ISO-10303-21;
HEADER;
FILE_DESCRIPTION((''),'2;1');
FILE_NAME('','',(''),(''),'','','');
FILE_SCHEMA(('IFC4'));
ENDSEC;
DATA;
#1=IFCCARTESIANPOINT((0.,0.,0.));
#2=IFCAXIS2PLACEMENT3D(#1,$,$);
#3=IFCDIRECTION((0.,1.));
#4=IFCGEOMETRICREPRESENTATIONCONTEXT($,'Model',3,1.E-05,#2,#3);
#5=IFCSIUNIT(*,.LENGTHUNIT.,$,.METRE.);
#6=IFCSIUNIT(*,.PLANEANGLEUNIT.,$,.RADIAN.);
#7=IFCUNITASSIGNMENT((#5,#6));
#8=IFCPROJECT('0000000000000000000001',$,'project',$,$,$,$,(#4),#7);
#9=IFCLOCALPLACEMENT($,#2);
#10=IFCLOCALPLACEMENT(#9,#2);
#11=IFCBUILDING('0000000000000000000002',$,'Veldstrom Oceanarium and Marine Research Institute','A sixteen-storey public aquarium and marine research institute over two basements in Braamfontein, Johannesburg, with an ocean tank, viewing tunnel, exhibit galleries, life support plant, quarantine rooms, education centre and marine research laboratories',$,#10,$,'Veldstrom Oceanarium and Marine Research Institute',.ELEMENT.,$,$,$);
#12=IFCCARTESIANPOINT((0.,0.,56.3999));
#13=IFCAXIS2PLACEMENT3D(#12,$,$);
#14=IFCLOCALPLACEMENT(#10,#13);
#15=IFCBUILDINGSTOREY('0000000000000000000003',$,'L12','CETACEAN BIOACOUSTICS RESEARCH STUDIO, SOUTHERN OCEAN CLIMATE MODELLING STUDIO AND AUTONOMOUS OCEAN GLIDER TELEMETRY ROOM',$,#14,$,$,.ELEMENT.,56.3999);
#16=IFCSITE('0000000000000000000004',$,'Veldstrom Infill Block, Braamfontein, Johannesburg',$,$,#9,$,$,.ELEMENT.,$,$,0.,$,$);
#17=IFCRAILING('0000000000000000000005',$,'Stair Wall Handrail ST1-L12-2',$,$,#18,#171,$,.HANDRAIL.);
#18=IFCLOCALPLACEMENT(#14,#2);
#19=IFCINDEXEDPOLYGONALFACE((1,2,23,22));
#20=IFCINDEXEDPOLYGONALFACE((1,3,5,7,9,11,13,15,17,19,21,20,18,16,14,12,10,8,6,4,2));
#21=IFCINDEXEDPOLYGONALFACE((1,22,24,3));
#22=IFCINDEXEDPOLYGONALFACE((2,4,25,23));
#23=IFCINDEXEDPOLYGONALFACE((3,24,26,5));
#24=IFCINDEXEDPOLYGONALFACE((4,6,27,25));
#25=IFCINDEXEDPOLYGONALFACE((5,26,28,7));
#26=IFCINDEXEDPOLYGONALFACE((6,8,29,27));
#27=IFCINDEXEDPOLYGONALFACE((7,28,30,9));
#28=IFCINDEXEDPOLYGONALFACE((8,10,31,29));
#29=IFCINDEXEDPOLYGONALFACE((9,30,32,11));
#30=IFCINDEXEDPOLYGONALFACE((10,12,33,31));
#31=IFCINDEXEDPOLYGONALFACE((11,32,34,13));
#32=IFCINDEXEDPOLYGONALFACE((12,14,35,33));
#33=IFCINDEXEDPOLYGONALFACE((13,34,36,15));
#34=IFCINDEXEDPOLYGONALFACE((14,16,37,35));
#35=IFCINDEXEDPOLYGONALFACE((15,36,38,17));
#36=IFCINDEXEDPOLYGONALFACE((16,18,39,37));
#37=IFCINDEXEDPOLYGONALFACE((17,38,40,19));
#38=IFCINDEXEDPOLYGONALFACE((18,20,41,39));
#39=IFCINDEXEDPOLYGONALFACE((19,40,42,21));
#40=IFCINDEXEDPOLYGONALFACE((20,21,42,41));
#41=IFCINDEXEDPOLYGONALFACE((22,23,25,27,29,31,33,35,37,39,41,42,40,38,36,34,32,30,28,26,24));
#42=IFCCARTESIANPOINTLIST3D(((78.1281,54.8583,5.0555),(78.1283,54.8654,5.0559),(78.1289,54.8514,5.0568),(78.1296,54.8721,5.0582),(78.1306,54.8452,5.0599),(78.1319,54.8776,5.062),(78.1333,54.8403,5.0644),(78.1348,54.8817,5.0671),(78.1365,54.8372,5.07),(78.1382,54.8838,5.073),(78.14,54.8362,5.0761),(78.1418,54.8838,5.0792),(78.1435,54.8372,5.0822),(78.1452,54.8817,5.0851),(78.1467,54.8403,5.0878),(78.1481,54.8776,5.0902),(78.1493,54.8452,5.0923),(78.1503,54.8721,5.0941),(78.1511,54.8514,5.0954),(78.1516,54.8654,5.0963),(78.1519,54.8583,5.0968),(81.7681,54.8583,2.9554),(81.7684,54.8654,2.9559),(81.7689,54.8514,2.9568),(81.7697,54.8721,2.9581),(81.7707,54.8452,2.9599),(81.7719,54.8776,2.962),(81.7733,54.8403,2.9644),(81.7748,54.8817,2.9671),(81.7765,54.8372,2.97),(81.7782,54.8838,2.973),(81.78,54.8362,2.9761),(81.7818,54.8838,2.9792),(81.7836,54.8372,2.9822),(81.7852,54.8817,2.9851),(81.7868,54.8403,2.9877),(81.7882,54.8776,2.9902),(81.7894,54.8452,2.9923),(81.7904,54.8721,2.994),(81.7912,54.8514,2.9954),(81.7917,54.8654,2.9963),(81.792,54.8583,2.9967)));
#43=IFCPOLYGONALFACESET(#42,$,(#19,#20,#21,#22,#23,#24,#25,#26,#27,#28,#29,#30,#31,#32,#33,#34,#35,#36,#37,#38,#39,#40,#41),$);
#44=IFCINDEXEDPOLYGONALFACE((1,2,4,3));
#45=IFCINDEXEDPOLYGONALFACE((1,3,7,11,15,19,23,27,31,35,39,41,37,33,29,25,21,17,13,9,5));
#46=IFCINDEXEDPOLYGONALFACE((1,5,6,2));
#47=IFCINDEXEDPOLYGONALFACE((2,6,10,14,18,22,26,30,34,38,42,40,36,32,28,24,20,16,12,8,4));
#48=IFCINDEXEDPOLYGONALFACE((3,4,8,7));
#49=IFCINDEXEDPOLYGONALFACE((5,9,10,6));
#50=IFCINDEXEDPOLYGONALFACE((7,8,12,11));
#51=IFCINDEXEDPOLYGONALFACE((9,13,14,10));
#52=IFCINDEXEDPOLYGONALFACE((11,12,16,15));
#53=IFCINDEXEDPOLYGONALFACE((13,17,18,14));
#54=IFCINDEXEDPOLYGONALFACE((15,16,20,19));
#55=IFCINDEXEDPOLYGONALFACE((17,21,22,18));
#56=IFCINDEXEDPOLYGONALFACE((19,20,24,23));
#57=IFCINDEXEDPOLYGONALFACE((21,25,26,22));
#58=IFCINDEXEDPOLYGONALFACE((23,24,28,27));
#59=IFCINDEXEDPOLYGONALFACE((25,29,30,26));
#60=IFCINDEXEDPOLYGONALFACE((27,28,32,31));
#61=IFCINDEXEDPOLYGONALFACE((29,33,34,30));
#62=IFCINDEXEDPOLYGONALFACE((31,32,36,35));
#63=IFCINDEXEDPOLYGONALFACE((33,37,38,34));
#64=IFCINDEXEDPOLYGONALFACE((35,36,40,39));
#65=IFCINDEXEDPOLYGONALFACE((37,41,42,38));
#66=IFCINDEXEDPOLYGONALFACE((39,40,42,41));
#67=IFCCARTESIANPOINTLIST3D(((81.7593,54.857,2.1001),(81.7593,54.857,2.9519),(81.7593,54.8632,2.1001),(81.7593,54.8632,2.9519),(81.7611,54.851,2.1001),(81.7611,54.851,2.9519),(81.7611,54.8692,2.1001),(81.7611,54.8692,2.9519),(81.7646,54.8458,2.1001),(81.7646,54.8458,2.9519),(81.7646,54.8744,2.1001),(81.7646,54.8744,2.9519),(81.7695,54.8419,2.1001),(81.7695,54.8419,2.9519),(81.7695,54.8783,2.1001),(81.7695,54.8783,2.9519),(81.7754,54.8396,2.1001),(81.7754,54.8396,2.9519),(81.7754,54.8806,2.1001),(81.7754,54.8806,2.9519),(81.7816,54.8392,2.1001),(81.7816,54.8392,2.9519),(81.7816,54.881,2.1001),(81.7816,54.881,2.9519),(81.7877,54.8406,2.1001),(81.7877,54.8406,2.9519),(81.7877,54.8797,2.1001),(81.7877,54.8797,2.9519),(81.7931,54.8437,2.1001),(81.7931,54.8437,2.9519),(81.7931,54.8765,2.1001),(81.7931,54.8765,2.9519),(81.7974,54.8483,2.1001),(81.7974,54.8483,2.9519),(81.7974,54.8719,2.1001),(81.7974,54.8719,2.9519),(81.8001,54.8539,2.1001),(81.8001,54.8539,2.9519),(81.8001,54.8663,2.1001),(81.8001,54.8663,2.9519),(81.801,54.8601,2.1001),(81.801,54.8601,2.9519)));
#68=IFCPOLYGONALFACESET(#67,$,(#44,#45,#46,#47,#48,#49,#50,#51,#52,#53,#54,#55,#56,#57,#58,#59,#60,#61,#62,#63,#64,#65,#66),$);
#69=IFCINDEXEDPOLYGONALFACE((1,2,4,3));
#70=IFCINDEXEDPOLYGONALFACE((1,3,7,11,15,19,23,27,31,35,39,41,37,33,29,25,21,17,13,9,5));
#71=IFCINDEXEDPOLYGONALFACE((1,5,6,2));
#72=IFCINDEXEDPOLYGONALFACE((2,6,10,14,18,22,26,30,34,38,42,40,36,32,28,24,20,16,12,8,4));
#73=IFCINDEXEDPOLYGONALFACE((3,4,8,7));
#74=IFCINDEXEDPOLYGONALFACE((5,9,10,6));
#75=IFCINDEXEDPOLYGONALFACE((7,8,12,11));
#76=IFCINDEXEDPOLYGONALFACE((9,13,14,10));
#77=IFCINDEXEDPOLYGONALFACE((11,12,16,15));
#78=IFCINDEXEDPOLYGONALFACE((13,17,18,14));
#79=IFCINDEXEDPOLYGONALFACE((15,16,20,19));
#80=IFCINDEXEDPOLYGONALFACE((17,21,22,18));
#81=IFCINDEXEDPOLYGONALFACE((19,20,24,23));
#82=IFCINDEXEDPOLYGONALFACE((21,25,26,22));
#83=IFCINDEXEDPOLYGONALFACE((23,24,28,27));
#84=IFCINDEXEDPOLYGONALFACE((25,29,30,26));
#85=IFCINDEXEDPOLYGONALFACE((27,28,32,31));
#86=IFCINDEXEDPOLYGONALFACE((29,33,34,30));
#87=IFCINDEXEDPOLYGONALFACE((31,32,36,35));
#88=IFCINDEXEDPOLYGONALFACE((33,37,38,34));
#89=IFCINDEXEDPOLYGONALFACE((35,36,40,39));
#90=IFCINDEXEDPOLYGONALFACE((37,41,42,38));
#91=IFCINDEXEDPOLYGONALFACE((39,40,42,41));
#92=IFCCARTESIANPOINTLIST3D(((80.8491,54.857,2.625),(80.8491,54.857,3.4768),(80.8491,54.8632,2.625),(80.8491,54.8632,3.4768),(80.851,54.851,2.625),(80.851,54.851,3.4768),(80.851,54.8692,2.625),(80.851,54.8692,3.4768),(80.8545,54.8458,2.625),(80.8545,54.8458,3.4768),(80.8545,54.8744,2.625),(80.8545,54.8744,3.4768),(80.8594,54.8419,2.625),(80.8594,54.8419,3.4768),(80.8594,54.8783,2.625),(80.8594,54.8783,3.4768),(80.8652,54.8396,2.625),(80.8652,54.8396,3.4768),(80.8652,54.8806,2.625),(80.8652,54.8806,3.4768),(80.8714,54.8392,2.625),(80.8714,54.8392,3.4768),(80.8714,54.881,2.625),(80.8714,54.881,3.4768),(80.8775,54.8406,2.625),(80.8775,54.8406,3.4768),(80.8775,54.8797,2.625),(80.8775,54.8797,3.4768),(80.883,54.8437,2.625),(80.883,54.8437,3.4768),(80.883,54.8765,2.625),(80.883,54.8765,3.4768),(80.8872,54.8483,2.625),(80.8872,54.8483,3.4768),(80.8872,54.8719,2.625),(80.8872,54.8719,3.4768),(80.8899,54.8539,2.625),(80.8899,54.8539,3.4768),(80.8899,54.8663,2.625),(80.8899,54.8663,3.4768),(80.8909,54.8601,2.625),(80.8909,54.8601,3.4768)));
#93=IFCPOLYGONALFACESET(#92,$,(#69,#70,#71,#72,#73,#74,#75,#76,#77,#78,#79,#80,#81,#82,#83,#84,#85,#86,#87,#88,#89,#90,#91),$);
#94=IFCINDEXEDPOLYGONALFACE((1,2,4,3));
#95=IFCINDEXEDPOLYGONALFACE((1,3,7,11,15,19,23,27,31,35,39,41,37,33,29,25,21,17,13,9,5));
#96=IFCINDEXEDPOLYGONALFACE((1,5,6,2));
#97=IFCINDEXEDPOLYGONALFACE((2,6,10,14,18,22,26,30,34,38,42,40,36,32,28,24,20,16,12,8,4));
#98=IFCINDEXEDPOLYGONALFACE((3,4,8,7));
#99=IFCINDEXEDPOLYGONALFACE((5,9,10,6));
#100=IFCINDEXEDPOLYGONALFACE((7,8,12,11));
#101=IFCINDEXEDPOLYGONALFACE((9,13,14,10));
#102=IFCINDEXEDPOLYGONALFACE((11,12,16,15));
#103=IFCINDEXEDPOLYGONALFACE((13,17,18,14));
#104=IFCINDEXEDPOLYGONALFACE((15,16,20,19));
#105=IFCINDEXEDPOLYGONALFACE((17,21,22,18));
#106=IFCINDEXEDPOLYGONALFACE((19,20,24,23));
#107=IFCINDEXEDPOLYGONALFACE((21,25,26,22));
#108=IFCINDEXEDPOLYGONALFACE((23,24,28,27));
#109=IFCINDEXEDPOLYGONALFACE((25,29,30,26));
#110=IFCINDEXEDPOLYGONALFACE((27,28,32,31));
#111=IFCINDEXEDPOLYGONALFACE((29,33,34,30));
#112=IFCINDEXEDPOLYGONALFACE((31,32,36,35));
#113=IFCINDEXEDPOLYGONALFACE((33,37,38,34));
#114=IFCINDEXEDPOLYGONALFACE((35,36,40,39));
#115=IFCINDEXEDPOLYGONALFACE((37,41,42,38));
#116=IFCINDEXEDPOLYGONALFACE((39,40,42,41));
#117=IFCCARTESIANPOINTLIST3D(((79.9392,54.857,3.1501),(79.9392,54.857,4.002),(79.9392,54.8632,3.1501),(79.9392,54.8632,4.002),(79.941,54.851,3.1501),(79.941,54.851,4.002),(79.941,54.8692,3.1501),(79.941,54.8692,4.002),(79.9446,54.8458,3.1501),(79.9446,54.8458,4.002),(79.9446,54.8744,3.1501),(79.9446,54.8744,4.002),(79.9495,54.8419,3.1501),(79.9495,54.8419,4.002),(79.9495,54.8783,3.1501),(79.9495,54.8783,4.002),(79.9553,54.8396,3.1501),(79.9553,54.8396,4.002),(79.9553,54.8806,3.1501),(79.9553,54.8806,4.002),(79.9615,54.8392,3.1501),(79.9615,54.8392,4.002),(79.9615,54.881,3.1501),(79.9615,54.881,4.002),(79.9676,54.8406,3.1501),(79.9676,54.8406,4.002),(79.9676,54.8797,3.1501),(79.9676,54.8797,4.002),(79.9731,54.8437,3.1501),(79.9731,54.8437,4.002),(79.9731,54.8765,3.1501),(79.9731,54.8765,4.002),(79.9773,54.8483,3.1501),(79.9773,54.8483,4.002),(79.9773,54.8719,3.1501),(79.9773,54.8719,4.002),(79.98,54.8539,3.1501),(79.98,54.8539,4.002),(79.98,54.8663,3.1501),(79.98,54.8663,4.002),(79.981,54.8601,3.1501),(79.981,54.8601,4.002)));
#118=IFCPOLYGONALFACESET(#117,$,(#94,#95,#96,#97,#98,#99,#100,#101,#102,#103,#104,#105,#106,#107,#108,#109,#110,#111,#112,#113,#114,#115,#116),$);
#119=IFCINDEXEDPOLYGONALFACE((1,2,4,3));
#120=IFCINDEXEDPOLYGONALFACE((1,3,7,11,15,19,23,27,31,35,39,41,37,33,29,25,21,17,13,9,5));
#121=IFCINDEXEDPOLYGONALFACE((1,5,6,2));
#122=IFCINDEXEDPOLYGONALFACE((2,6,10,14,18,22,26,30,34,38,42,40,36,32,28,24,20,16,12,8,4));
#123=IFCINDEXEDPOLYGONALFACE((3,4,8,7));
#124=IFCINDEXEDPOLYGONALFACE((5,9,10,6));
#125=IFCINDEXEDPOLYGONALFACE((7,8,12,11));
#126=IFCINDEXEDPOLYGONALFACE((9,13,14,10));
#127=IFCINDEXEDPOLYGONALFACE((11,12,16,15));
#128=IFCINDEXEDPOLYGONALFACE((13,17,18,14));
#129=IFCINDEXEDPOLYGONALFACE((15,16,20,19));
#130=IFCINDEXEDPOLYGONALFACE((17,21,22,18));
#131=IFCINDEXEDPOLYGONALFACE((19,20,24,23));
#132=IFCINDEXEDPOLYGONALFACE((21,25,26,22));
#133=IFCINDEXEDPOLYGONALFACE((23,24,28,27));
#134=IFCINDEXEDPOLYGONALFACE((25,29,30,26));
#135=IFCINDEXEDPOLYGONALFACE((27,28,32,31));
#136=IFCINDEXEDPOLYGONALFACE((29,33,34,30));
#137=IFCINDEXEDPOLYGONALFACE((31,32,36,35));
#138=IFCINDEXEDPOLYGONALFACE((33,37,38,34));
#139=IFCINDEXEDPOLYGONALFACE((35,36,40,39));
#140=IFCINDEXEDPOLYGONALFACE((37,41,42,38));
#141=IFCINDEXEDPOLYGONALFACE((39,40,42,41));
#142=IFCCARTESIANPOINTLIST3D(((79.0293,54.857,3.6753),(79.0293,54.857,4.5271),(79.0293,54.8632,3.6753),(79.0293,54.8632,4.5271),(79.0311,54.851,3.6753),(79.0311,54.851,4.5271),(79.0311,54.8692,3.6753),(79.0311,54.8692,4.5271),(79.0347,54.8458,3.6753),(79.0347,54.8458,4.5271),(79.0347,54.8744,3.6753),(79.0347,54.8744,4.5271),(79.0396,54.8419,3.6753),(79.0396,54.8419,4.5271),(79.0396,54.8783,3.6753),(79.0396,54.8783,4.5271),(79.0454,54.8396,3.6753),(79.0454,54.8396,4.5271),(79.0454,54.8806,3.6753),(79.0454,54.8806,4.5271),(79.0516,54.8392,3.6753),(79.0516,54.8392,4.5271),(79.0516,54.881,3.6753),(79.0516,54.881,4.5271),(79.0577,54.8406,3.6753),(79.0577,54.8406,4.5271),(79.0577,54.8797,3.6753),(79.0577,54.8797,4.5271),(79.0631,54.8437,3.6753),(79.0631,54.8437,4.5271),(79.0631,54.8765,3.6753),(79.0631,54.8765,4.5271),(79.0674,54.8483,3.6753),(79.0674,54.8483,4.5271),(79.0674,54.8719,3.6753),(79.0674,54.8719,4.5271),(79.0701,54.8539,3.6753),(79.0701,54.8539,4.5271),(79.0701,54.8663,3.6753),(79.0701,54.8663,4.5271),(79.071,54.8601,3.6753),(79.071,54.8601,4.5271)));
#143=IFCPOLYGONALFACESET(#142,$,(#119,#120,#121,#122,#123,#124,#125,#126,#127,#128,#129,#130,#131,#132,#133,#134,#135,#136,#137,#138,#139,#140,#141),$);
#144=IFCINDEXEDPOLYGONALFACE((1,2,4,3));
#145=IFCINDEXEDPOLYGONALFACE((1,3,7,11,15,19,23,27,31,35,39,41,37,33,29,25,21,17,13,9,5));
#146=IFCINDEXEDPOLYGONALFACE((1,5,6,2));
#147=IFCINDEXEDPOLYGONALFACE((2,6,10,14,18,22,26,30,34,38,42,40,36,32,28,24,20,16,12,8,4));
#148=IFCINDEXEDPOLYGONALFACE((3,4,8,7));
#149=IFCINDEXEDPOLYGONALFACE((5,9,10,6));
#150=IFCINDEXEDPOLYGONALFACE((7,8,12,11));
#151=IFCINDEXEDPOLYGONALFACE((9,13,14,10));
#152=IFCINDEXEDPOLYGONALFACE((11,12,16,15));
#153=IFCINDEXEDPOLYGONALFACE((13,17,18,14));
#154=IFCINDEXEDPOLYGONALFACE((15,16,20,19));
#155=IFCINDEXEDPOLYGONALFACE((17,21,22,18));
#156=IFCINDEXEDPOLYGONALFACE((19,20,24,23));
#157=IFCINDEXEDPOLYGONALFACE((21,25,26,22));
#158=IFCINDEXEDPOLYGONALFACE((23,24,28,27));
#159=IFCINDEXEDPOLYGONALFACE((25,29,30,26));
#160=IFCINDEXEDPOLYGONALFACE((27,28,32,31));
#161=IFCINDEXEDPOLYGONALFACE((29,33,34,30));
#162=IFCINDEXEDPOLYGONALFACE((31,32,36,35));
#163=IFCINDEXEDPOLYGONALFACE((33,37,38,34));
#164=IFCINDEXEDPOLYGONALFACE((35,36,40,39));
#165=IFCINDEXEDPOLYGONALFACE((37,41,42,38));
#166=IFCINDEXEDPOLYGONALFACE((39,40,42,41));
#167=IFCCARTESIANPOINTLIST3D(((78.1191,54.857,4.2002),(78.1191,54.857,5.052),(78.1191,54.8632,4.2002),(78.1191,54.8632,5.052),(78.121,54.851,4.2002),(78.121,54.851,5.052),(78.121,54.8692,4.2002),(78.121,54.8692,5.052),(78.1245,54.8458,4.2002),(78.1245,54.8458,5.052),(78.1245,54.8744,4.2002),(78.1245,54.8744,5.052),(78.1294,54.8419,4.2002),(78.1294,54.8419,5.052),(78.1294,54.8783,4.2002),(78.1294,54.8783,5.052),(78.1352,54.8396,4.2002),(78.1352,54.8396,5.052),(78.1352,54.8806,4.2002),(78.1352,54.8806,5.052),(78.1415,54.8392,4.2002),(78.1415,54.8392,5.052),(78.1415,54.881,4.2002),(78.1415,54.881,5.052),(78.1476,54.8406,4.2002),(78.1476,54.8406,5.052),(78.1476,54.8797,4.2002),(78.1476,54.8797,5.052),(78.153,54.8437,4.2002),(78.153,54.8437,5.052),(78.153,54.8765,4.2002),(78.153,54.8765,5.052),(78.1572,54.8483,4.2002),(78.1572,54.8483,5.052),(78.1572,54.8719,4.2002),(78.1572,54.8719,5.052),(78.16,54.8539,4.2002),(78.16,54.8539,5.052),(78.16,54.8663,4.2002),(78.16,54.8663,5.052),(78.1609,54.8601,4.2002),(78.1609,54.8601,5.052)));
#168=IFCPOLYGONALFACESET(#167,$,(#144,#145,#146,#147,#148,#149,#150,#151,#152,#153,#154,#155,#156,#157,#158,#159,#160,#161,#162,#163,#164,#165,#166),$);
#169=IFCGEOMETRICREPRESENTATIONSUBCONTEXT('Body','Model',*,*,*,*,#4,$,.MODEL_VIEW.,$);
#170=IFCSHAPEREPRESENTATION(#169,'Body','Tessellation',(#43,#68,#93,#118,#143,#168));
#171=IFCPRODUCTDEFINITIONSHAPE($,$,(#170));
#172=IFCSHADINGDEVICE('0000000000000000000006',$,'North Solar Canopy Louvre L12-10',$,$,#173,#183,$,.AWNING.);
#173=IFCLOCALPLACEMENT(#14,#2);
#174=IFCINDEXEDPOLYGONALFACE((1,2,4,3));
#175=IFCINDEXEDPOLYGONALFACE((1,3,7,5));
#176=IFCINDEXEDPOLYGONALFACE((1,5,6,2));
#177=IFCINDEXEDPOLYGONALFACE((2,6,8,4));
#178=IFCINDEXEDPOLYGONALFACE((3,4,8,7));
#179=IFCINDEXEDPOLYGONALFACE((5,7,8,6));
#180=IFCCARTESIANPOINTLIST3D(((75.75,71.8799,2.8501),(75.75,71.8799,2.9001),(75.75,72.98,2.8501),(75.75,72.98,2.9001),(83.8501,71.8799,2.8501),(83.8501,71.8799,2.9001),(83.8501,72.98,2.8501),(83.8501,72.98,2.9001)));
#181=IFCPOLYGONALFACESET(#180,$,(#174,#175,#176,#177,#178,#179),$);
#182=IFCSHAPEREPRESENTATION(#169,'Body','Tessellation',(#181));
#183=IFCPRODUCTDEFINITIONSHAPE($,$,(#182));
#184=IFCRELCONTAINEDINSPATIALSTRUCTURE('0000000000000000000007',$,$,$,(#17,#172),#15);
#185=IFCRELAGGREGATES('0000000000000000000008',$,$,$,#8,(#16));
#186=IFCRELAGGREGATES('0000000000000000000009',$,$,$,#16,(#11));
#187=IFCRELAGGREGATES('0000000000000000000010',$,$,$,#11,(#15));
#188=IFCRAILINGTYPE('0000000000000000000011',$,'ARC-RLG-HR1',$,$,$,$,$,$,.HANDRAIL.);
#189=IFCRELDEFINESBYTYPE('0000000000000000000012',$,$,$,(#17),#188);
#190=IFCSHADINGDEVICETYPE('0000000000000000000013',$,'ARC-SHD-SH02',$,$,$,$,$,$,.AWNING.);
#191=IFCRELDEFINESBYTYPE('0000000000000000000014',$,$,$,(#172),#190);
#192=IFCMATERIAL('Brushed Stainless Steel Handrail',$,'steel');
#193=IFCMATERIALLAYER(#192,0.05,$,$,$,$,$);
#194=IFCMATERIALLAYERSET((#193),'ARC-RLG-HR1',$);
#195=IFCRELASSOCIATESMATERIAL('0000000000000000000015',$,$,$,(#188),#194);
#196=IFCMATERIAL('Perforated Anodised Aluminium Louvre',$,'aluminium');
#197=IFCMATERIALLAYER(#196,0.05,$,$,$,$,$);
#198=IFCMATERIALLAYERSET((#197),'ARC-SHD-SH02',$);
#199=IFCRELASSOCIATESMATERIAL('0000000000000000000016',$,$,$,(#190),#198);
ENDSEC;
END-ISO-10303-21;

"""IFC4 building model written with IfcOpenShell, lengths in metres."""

from ifc_helpers import new_model, si_unit, direction, frame, origin, origin_2d, place, context, subcontext, project, spatial, rectangle, circle, extrude, material, layer, layer_set, type_object, element, save


model = new_model("IFC4")

# Units and contexts
model_context = context("Model", 3, precision=1e-05, world=origin(), true_north=direction((0.0, 1.0)))
body_context = subcontext(model_context, "Body", "Model", "MODEL_VIEW")
ifc_project = project(units=[si_unit("LENGTHUNIT", "METRE"), si_unit("PLANEANGLEUNIT", "RADIAN")], contexts=[model_context])

# Site, building, storey
site_placement = place(None, origin())
site = spatial("IfcSite", under=ifc_project, at=site_placement, Name="Veldstrom Infill Block, Braamfontein, Johannesburg", CompositionType="ELEMENT", RefElevation=0.0)
building_placement = place(site_placement, origin())
building = spatial("IfcBuilding", under=site, at=building_placement, Name="Veldstrom Oceanarium and Marine Research Institute", Description="A sixteen-storey public aquarium and marine research institute over two basements in Braamfontein, Johannesburg, with an ocean tank, viewing tunnel, exhibit galleries, life support plant, quarantine rooms, education centre and marine research laboratories", LongName="Veldstrom Oceanarium and Marine Research Institute", CompositionType="ELEMENT")
storey_placement = place(building_placement, frame((0.0, 0.0, 56.3999)))
storey = spatial("IfcBuildingStorey", under=building, at=storey_placement, Name="L12", Description="CETACEAN BIOACOUSTICS RESEARCH STUDIO, SOUTHERN OCEAN CLIMATE MODELLING STUDIO AND AUTONOMOUS OCEAN GLIDER TELEMETRY ROOM", CompositionType="ELEMENT", Elevation=56.3999)

# Railing
ifc_material_1 = material(Name="Brushed Stainless Steel Handrail", Category="steel")
ifc_layer_1 = layer(ifc_material_1, 0.05)
ifc_layer_set_1 = layer_set([ifc_layer_1], Name="ARC-RLG-HR1")
railing_type_1 = type_object("IfcRailingType", Name="ARC-RLG-HR1", PredefinedType="HANDRAIL", material=ifc_layer_set_1)
railing_1_placement = place(storey_placement, frame((81.78, 54.8601, 2.1001)))
element("IfcRailing", 1, at=railing_1_placement, inside=storey, type_object=railing_type_1, Name="Stair Wall Handrail ST1-L12-2", PredefinedType="HANDRAIL", context=body_context, shape_type="SweptSolid", body=[
    extrude(circle(Radius=0.0239, at=origin_2d()), frame((0.0, 0.0, 0.876), z_axis=(-0.866184, 0.0, 0.499726), x_axis=(0.0, -1.0, 0.0)), (0.0, 0.0, 1.0), 4.2024),
    extrude(circle(Radius=0.021, at=origin_2d()), origin(), (0.0, 0.0, 1.0), 0.8518),
    extrude(circle(Radius=0.021, at=origin_2d()), frame((-0.9102, 0.0, 0.5249)), (0.0, 0.0, 1.0), 0.8518),
    extrude(circle(Radius=0.021, at=origin_2d()), frame((-1.8201, 0.0, 1.05)), (0.0, 0.0, 1.0), 0.8518),
    extrude(circle(Radius=0.021, at=origin_2d()), frame((-2.73, 0.0, 1.5752)), (0.0, 0.0, 1.0), 0.8518),
    extrude(circle(Radius=0.021, at=origin_2d()), frame((-3.6401, 0.0, 2.1001)), (0.0, 0.0, 1.0), 0.8518),
])

# Shading device
ifc_material_2 = material(Name="Perforated Anodised Aluminium Louvre", Category="aluminium")
ifc_layer_2 = layer(ifc_material_2, 0.05)
ifc_layer_set_2 = layer_set([ifc_layer_2], Name="ARC-SHD-SH02")
shading_device_type = type_object("IfcShadingDeviceType", Name="ARC-SHD-SH02", PredefinedType="AWNING", material=ifc_layer_set_2)
shading_device_placement = place(storey_placement, frame((79.8, 72.4299, 2.8501), z_axis=(0.0, 0.0, 1.0), x_axis=(1.0, 0.0, 0.0)))
element("IfcShadingDevice", 2, at=shading_device_placement, inside=storey, type_object=shading_device_type, Name="North Solar Canopy Louvre L12-10", PredefinedType="AWNING", context=body_context, shape_type="SweptSolid", body=[
    extrude(rectangle(XDim=8.1001, YDim=1.1001, at=origin_2d()), origin(), (0.0, 0.0, 1.0), 0.05),
])

save(model, "model.ifc")
